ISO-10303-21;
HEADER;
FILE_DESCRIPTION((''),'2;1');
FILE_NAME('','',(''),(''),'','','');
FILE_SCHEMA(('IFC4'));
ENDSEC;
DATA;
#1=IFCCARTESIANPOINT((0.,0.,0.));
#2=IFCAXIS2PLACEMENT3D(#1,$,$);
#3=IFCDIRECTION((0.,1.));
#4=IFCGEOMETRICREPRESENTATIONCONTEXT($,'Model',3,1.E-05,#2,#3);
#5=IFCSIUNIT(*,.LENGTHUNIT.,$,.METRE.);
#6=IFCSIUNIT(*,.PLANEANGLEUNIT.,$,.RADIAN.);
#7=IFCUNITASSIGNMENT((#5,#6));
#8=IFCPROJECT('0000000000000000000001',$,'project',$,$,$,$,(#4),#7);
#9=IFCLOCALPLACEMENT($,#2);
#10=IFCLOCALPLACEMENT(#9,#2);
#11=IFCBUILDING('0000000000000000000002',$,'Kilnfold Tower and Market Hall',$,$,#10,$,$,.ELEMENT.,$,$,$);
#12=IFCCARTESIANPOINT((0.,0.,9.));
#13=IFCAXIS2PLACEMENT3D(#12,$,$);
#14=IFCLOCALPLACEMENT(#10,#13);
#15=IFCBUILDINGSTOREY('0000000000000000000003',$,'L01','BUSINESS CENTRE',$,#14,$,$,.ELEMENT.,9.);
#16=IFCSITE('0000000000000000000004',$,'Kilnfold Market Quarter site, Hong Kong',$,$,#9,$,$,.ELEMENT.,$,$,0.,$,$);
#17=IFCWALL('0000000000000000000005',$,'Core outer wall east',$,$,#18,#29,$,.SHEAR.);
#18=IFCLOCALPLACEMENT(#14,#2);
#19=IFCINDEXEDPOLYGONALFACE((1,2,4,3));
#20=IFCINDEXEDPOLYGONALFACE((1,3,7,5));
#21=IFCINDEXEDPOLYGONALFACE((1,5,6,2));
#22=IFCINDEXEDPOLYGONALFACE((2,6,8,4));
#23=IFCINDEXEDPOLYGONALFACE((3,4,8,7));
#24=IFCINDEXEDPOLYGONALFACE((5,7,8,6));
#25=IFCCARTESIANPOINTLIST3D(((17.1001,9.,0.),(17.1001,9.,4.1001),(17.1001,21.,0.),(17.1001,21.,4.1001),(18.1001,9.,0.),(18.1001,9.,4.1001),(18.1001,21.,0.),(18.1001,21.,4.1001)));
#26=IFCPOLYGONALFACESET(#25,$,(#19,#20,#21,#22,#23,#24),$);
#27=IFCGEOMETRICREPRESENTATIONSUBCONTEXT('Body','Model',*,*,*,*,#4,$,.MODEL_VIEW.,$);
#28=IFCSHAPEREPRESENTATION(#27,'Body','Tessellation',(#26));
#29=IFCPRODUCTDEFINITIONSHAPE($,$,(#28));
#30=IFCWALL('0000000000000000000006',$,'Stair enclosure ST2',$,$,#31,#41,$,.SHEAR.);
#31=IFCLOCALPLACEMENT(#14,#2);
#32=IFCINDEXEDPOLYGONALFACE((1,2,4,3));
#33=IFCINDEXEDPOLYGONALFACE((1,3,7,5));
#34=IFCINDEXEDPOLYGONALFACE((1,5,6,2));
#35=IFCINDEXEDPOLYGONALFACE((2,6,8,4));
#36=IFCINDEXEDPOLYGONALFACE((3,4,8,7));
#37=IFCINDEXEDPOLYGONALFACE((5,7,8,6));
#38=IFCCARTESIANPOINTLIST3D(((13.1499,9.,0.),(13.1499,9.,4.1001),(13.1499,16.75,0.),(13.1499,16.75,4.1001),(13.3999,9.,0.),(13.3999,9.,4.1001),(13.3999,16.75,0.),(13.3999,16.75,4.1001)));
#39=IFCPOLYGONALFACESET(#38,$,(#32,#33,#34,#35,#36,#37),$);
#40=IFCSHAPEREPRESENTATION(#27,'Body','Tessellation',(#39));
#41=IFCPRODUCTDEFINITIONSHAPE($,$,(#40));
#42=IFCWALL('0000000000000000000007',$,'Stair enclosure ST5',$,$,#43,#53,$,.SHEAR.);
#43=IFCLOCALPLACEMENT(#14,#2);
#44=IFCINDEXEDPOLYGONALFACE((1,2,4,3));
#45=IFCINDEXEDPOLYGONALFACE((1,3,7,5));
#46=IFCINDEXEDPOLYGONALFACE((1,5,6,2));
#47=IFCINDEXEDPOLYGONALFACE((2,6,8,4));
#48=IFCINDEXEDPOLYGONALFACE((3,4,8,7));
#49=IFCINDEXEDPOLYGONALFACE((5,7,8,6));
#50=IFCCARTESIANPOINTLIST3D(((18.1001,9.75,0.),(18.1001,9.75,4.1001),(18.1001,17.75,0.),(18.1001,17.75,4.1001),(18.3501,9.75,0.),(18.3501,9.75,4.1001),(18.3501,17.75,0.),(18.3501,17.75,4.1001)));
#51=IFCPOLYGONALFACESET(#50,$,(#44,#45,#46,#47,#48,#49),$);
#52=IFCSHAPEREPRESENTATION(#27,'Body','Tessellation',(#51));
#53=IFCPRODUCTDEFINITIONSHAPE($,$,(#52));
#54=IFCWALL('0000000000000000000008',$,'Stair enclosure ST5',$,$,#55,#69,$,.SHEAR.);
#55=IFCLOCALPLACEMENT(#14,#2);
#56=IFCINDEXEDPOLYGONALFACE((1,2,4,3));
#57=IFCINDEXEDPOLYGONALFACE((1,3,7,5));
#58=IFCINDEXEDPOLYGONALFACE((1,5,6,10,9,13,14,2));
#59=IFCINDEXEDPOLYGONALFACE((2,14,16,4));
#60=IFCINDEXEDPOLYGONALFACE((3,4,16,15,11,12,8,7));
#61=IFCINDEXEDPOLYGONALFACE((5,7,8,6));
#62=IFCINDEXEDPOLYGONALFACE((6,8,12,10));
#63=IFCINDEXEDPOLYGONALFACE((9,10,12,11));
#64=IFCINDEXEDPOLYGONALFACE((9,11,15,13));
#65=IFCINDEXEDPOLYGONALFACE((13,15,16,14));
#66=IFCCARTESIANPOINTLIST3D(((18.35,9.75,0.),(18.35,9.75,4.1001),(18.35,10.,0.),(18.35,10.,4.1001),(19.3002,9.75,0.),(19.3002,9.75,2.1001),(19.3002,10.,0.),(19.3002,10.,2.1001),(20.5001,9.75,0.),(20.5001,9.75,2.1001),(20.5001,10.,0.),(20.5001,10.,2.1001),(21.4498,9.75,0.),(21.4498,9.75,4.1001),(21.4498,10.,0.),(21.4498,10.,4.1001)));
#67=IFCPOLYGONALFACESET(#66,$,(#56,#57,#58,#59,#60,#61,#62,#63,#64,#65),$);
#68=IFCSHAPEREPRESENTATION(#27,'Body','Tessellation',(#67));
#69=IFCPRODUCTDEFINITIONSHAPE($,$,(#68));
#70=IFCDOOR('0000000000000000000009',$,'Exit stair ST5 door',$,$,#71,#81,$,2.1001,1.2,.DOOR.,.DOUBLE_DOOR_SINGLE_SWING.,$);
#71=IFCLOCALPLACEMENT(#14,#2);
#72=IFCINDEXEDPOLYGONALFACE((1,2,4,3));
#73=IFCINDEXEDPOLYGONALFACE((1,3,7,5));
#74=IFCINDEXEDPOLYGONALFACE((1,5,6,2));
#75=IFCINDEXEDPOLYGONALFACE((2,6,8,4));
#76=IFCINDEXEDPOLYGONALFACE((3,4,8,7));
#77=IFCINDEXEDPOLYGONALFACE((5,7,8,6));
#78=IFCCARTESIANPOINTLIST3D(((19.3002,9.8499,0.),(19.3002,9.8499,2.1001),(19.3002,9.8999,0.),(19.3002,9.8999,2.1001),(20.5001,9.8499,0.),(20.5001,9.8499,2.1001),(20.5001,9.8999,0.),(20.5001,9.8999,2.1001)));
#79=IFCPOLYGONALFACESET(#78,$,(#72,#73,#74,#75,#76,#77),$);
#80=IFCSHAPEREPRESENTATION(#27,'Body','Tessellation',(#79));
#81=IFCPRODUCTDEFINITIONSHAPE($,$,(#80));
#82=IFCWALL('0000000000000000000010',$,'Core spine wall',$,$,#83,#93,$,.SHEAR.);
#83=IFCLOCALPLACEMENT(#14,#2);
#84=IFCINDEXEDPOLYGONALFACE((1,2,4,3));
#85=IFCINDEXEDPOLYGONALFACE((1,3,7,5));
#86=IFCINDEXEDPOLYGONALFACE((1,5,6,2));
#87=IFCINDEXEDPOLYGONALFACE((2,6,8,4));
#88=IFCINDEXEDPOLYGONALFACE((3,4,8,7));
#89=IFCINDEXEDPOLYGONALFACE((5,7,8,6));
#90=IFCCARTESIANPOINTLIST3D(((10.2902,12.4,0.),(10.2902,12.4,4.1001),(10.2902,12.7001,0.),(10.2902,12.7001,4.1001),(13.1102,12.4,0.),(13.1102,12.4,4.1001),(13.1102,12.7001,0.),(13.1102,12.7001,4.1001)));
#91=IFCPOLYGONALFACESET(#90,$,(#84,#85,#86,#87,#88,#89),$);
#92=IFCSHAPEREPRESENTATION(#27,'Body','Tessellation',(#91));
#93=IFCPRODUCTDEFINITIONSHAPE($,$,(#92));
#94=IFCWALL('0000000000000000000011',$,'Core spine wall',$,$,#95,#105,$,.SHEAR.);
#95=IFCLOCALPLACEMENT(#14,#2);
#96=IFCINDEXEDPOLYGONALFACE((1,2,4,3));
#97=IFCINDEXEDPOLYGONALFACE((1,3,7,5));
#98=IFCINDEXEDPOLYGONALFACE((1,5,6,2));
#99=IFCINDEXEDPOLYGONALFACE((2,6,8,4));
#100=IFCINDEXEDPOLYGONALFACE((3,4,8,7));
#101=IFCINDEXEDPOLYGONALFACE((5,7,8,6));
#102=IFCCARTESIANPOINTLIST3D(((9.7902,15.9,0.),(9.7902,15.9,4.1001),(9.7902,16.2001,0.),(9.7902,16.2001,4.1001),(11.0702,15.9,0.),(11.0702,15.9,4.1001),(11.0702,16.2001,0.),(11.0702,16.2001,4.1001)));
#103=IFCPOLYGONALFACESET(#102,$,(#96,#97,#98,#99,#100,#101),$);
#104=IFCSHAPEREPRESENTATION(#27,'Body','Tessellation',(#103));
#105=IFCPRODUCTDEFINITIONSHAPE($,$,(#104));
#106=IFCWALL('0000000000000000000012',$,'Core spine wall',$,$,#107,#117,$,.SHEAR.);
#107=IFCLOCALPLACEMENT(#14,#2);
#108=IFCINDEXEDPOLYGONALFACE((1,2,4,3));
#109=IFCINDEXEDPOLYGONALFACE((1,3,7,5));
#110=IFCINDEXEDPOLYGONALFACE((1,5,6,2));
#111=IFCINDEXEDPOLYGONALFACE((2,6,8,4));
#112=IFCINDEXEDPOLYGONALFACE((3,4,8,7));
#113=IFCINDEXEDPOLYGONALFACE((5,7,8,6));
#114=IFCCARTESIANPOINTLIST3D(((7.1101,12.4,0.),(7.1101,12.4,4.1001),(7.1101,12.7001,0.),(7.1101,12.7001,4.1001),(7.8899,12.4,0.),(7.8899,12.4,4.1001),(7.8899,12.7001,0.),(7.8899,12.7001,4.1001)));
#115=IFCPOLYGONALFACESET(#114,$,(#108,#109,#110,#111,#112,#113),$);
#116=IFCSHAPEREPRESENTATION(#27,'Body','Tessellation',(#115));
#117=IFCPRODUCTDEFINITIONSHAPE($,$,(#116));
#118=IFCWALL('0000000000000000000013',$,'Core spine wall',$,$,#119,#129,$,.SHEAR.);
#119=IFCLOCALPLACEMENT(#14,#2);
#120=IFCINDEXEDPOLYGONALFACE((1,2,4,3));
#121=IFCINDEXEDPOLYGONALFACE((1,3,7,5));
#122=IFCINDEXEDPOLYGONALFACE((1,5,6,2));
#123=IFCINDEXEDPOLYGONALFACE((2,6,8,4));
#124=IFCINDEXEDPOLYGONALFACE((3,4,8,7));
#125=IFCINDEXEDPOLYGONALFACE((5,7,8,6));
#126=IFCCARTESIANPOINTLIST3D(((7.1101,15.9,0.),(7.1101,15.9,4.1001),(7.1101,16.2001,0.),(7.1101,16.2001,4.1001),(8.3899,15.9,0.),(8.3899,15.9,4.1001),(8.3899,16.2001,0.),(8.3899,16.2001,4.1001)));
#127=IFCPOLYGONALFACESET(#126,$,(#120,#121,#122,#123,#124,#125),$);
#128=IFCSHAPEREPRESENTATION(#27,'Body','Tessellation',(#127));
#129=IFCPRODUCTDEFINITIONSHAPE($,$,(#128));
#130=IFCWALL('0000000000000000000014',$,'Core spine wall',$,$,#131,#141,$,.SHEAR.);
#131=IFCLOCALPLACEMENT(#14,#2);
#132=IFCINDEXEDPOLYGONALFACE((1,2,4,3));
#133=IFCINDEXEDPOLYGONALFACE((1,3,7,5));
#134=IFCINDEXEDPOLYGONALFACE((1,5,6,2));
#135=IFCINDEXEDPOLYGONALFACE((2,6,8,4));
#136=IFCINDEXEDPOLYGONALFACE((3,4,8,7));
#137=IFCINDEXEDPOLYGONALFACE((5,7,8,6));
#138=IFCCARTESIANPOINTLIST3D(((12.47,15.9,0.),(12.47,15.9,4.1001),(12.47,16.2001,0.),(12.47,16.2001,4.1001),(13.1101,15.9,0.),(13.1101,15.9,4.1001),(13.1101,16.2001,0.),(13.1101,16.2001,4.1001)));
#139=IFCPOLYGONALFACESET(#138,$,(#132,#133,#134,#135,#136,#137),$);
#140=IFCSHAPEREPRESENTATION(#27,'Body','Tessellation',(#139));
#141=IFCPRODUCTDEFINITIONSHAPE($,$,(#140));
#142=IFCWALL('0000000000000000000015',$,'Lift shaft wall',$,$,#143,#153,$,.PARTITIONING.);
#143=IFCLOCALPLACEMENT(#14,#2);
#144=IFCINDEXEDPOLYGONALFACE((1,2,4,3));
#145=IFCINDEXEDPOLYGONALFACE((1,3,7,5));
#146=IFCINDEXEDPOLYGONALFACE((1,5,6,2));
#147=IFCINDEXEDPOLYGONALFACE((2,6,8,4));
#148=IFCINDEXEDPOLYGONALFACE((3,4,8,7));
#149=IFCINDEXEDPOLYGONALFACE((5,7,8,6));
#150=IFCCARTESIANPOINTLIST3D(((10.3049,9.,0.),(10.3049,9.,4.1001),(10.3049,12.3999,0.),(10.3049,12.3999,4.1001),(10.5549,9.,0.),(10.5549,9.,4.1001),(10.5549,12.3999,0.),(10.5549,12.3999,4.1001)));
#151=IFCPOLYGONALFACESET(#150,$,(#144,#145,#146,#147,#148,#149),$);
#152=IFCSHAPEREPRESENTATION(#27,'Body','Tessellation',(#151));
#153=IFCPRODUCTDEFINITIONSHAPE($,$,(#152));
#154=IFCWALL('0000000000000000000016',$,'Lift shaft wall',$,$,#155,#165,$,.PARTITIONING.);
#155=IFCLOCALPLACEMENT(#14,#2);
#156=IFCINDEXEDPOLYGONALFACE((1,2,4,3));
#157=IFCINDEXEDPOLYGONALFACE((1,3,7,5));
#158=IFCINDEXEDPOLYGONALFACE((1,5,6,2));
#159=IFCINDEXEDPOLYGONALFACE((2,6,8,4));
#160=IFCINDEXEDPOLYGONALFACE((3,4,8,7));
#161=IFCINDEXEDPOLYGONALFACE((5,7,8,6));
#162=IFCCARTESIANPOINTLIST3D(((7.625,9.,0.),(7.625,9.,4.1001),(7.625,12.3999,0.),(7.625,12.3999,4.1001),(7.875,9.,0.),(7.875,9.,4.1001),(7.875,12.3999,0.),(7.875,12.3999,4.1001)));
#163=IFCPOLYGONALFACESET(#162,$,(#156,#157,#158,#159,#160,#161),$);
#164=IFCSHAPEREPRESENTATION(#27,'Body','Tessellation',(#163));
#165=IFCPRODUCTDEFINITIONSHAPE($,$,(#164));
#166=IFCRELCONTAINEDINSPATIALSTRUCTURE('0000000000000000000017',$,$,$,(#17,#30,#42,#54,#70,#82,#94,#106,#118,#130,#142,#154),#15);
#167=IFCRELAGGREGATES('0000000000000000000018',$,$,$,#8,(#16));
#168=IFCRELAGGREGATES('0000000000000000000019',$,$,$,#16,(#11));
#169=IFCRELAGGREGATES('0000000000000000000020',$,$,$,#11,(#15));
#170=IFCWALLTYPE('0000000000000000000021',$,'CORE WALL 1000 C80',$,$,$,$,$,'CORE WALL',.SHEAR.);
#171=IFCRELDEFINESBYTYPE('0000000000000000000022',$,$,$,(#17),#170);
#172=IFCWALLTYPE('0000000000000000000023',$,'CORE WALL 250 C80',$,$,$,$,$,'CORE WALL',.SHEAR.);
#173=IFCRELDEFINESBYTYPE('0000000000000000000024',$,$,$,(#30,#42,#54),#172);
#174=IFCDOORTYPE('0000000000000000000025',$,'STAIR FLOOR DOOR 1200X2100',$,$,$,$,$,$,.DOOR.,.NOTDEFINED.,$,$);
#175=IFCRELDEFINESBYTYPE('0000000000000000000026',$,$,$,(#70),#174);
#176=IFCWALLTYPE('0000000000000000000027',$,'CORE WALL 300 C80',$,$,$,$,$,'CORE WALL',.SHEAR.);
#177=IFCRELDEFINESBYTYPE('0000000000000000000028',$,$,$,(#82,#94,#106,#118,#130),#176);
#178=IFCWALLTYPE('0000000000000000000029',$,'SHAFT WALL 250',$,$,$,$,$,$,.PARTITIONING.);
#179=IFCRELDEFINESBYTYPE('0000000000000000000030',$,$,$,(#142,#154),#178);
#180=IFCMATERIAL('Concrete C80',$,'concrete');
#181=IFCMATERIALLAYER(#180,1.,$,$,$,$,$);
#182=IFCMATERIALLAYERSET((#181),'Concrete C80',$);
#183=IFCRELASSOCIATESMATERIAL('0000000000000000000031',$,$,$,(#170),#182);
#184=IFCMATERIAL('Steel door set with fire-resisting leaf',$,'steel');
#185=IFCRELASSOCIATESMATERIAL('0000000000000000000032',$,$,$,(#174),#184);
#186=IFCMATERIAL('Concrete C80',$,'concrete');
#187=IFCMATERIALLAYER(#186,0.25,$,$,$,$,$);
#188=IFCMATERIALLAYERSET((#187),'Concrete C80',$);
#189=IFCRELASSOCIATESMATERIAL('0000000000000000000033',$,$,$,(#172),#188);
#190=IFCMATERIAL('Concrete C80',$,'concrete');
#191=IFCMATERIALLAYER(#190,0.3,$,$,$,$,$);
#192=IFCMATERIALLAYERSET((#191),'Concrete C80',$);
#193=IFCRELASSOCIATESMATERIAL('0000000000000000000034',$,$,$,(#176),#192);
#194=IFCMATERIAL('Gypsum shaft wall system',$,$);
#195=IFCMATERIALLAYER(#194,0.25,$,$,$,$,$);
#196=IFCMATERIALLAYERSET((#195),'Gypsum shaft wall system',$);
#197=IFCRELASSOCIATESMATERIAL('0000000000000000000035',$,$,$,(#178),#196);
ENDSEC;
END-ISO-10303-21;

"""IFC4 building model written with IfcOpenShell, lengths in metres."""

from ifc_helpers import new_model, si_unit, direction, frame, frame_2d, origin, place, context, subcontext, project, spatial, rectangle, extrude, source, transform, mapped, material, layer, layer_set, type_object, element, fill, save


model = new_model("IFC4")

# Units and contexts
model_context = context("Model", 3, precision=1e-05, world=origin(), true_north=direction((0.0, 1.0)))
body_context = subcontext(model_context, "Body", "Model", "MODEL_VIEW")
ifc_project = project(units=[si_unit("LENGTHUNIT", "METRE"), si_unit("PLANEANGLEUNIT", "RADIAN")], contexts=[model_context])

# Site, building, storey
site_placement = place(None, origin())
site = spatial("IfcSite", under=ifc_project, at=site_placement, Name="Kilnfold Market Quarter site, Hong Kong", CompositionType="ELEMENT", RefElevation=0.0)
building_placement = place(site_placement, origin())
building = spatial("IfcBuilding", under=site, at=building_placement, Name="Kilnfold Tower and Market Hall", CompositionType="ELEMENT")
storey_placement = place(building_placement, frame((0.0, 0.0, 9.0)))
storey = spatial("IfcBuildingStorey", under=building, at=storey_placement, Name="L01", Description="BUSINESS CENTRE", CompositionType="ELEMENT", Elevation=9.0)

# Shared definitions
ifc_material_1 = material(Name="Concrete C80", Category="concrete")
ifc_layer_1 = layer(ifc_material_1, 1.0)
ifc_layer_set_1 = layer_set([ifc_layer_1], Name="Concrete C80")
wall_type_1 = type_object("IfcWallType", Name="CORE WALL 1000 C80", ElementType="CORE WALL", PredefinedType="SHEAR", material=ifc_layer_set_1)
ifc_material_2 = material(Name="Steel door set with fire-resisting leaf", Category="steel")
door_type_1 = type_object("IfcDoorType", Name="STAIR FLOOR DOOR 1200X2100", OperationType="NOTDEFINED", PredefinedType="DOOR", material=ifc_material_2)

# Walls
shared_shape_1 = source(origin(), body_context, "Body", "SweptSolid", [
    extrude(rectangle(XDim=12.0, YDim=1.0, at=frame_2d((6.0, 0.0))), origin(), (0.0, 0.0, 1.0), 4.1001),
])
wall_1_placement = place(storey_placement, frame((17.6001, 9.0, 0.0), z_axis=(0.0, 0.0, 1.0), x_axis=(0.0, 1.0, 0.0)))
element("IfcWall", 1, at=wall_1_placement, inside=storey, type_object=wall_type_1, Name="Core outer wall east", PredefinedType="SHEAR", context=body_context, shape_type="MappedRepresentation", body=[
    mapped(shared_shape_1, transform((0.0, 0.0, 0.0))),
])
ifc_material_3 = material(Name="Concrete C80", Category="concrete")
ifc_layer_2 = layer(ifc_material_3, 0.25)
ifc_layer_set_2 = layer_set([ifc_layer_2], Name="Concrete C80")
wall_type_2 = type_object("IfcWallType", Name="CORE WALL 250 C80", ElementType="CORE WALL", PredefinedType="SHEAR", material=ifc_layer_set_2)
shared_shape_2 = source(origin(), body_context, "Body", "SweptSolid", [
    extrude(rectangle(XDim=7.75, YDim=0.25, at=frame_2d((3.875, 0.0))), origin(), (0.0, 0.0, 1.0), 4.1001),
])
wall_2_placement = place(storey_placement, frame((13.2749, 9.0, 0.0), z_axis=(0.0, 0.0, 1.0), x_axis=(0.0, 1.0, 0.0)))
element("IfcWall", 2, at=wall_2_placement, inside=storey, type_object=wall_type_2, Name="Stair enclosure ST2", PredefinedType="SHEAR", context=body_context, shape_type="MappedRepresentation", body=[
    mapped(shared_shape_2, transform((0.0, 0.0, 0.0))),
])
shared_shape_3 = source(origin(), body_context, "Body", "SweptSolid", [
    extrude(rectangle(XDim=8.0, YDim=0.25, at=frame_2d((4.0, 0.0))), origin(), (0.0, 0.0, 1.0), 4.1001),
])
wall_3_placement = place(storey_placement, frame((18.2251, 9.75, 0.0), z_axis=(0.0, 0.0, 1.0), x_axis=(0.0, 1.0, 0.0)))
element("IfcWall", 3, at=wall_3_placement, inside=storey, type_object=wall_type_2, Name="Stair enclosure ST5", PredefinedType="SHEAR", context=body_context, shape_type="MappedRepresentation", body=[
    mapped(shared_shape_3, transform((0.0, 0.0, 0.0))),
])

# Wall, opening, door
shared_shape_4 = source(origin(), body_context, "Body", "SweptSolid", [
    extrude(rectangle(XDim=3.0999, YDim=0.25, at=frame_2d((1.5498, 0.0))), origin(), (0.0, 0.0, 1.0), 4.1001),
])
wall_4_placement = place(storey_placement, frame((18.3501, 9.875, 0.0), z_axis=(0.0, 0.0, 1.0), x_axis=(1.0, 0.0, 0.0)))
wall_4 = element("IfcWall", 4, at=wall_4_placement, inside=storey, type_object=wall_type_2, Name="Stair enclosure ST5", PredefinedType="SHEAR", context=body_context, shape_type="MappedRepresentation", body=[
    mapped(shared_shape_4, transform((0.0, 0.0, 0.0))),
])
opening_1_placement = place(wall_4_placement, frame((0.95, 0.0, 0.0)))
opening_1 = element("IfcOpeningElement", 5, at=opening_1_placement, cuts=wall_4, PredefinedType="OPENING", context=body_context, shape_type="SweptSolid", body=[
    extrude(rectangle(XDim=1.2, YDim=2.1001, at=frame_2d((0.6001, 1.05))), frame((0.0, 0.135, 0.0), z_axis=(0.0, -1.0, 0.0), x_axis=(1.0, 0.0, 0.0)), (0.0, 0.0, 1.0), 0.27),
])
door_1_placement = place(opening_1_placement, origin())
door_1 = element("IfcDoor", 6, at=door_1_placement, inside=storey, type_object=door_type_1, Name="Exit stair ST5 door", OperationType="DOUBLE_DOOR_SINGLE_SWING", OverallHeight=2.1001, OverallWidth=1.2, PredefinedType="DOOR", context=body_context, shape_type="SweptSolid", body=[
    extrude(rectangle(XDim=1.2, YDim=2.1001, at=frame_2d((0.6001, 1.05))), frame((0.0, 0.0249, 0.0), z_axis=(0.0, -1.0, 0.0), x_axis=(1.0, 0.0, 0.0)), (0.0, 0.0, 1.0), 0.05),
])
fill(opening_1, door_1)

# Walls
ifc_material_4 = material(Name="Concrete C80", Category="concrete")
ifc_layer_3 = layer(ifc_material_4, 0.3)
ifc_layer_set_3 = layer_set([ifc_layer_3], Name="Concrete C80")
wall_type_3 = type_object("IfcWallType", Name="CORE WALL 300 C80", ElementType="CORE WALL", PredefinedType="SHEAR", material=ifc_layer_set_3)
shared_shape_5 = source(origin(), body_context, "Body", "SweptSolid", [
    extrude(rectangle(XDim=2.8201, YDim=0.3, at=frame_2d((1.4102, 0.0))), origin(), (0.0, 0.0, 1.0), 4.1001),
])
wall_5_placement = place(storey_placement, frame((10.29, 12.55, 0.0), z_axis=(0.0, 0.0, 1.0), x_axis=(1.0, 0.0, 0.0)))
element("IfcWall", 7, at=wall_5_placement, inside=storey, type_object=wall_type_3, Name="Core spine wall", PredefinedType="SHEAR", context=body_context, shape_type="MappedRepresentation", body=[
    mapped(shared_shape_5, transform((0.0, 0.0, 0.0))),
])
shared_shape_6 = source(origin(), body_context, "Body", "SweptSolid", [
    extrude(rectangle(XDim=1.28, YDim=0.3, at=frame_2d((0.6401, 0.0))), origin(), (0.0, 0.0, 1.0), 4.1001),
])
wall_6_placement = place(storey_placement, frame((9.79, 16.05, 0.0), z_axis=(0.0, 0.0, 1.0), x_axis=(1.0, 0.0, 0.0)))
element("IfcWall", 8, at=wall_6_placement, inside=storey, type_object=wall_type_3, Name="Core spine wall", PredefinedType="SHEAR", context=body_context, shape_type="MappedRepresentation", body=[
    mapped(shared_shape_6, transform((0.0, 0.0, 0.0))),
])
shared_shape_7 = source(origin(), body_context, "Body", "SweptSolid", [
    extrude(rectangle(XDim=0.7798, YDim=0.3, at=frame_2d((0.3899, 0.0))), origin(), (0.0, 0.0, 1.0), 4.1001),
])
wall_7_placement = place(storey_placement, frame((7.1101, 12.55, 0.0), z_axis=(0.0, 0.0, 1.0), x_axis=(1.0, 0.0, 0.0)))
element("IfcWall", 9, at=wall_7_placement, inside=storey, type_object=wall_type_3, Name="Core spine wall", PredefinedType="SHEAR", context=body_context, shape_type="MappedRepresentation", body=[
    mapped(shared_shape_7, transform((0.0, 0.0, 0.0))),
])
shared_shape_8 = source(origin(), body_context, "Body", "SweptSolid", [
    extrude(rectangle(XDim=1.2798, YDim=0.3, at=frame_2d((0.6399, 0.0))), origin(), (0.0, 0.0, 1.0), 4.1001),
])
wall_8_placement = place(storey_placement, frame((7.1101, 16.05, 0.0), z_axis=(0.0, 0.0, 1.0), x_axis=(1.0, 0.0, 0.0)))
element("IfcWall", 10, at=wall_8_placement, inside=storey, type_object=wall_type_3, Name="Core spine wall", PredefinedType="SHEAR", context=body_context, shape_type="MappedRepresentation", body=[
    mapped(shared_shape_8, transform((0.0, 0.0, 0.0))),
])
shared_shape_9 = source(origin(), body_context, "Body", "SweptSolid", [
    extrude(rectangle(XDim=0.6401, YDim=0.3, at=frame_2d((0.3201, 0.0))), origin(), (0.0, 0.0, 1.0), 4.1001),
])
wall_9_placement = place(storey_placement, frame((12.47, 16.05, 0.0), z_axis=(0.0, 0.0, 1.0), x_axis=(1.0, 0.0, 0.0)))
element("IfcWall", 11, at=wall_9_placement, inside=storey, type_object=wall_type_3, Name="Core spine wall", PredefinedType="SHEAR", context=body_context, shape_type="MappedRepresentation", body=[
    mapped(shared_shape_9, transform((0.0, 0.0, 0.0))),
])
ifc_material_5 = material(Name="Gypsum shaft wall system")
ifc_layer_4 = layer(ifc_material_5, 0.25)
ifc_layer_set_4 = layer_set([ifc_layer_4], Name="Gypsum shaft wall system")
wall_type_4 = type_object("IfcWallType", Name="SHAFT WALL 250", PredefinedType="PARTITIONING", material=ifc_layer_set_4)
shared_shape_10 = source(origin(), body_context, "Body", "SweptSolid", [
    extrude(rectangle(XDim=3.3999, YDim=0.25, at=frame_2d((1.7, 0.0))), origin(), (0.0, 0.0, 1.0), 4.1001),
])
for number, where, z_axis, x_axis, name in (
    (12, (10.4299, 9.0, 0.0), (0.0, 0.0, 1.0), (0.0, 1.0, 0.0), "Lift shaft wall"),
    (13, (7.75, 9.0, 0.0), (0.0, 0.0, 1.0), (0.0, 1.0, 0.0), "Lift shaft wall"),
):
    element("IfcWall", number, at=place(storey_placement, frame(where, z_axis=z_axis, x_axis=x_axis)), inside=storey, type_object=wall_type_4, Name=name, PredefinedType="PARTITIONING", context=body_context, shape_type="MappedRepresentation", body=[
        mapped(shared_shape_10, transform((0.0, 0.0, 0.0))),
    ])

save(model, "model.ifc")
